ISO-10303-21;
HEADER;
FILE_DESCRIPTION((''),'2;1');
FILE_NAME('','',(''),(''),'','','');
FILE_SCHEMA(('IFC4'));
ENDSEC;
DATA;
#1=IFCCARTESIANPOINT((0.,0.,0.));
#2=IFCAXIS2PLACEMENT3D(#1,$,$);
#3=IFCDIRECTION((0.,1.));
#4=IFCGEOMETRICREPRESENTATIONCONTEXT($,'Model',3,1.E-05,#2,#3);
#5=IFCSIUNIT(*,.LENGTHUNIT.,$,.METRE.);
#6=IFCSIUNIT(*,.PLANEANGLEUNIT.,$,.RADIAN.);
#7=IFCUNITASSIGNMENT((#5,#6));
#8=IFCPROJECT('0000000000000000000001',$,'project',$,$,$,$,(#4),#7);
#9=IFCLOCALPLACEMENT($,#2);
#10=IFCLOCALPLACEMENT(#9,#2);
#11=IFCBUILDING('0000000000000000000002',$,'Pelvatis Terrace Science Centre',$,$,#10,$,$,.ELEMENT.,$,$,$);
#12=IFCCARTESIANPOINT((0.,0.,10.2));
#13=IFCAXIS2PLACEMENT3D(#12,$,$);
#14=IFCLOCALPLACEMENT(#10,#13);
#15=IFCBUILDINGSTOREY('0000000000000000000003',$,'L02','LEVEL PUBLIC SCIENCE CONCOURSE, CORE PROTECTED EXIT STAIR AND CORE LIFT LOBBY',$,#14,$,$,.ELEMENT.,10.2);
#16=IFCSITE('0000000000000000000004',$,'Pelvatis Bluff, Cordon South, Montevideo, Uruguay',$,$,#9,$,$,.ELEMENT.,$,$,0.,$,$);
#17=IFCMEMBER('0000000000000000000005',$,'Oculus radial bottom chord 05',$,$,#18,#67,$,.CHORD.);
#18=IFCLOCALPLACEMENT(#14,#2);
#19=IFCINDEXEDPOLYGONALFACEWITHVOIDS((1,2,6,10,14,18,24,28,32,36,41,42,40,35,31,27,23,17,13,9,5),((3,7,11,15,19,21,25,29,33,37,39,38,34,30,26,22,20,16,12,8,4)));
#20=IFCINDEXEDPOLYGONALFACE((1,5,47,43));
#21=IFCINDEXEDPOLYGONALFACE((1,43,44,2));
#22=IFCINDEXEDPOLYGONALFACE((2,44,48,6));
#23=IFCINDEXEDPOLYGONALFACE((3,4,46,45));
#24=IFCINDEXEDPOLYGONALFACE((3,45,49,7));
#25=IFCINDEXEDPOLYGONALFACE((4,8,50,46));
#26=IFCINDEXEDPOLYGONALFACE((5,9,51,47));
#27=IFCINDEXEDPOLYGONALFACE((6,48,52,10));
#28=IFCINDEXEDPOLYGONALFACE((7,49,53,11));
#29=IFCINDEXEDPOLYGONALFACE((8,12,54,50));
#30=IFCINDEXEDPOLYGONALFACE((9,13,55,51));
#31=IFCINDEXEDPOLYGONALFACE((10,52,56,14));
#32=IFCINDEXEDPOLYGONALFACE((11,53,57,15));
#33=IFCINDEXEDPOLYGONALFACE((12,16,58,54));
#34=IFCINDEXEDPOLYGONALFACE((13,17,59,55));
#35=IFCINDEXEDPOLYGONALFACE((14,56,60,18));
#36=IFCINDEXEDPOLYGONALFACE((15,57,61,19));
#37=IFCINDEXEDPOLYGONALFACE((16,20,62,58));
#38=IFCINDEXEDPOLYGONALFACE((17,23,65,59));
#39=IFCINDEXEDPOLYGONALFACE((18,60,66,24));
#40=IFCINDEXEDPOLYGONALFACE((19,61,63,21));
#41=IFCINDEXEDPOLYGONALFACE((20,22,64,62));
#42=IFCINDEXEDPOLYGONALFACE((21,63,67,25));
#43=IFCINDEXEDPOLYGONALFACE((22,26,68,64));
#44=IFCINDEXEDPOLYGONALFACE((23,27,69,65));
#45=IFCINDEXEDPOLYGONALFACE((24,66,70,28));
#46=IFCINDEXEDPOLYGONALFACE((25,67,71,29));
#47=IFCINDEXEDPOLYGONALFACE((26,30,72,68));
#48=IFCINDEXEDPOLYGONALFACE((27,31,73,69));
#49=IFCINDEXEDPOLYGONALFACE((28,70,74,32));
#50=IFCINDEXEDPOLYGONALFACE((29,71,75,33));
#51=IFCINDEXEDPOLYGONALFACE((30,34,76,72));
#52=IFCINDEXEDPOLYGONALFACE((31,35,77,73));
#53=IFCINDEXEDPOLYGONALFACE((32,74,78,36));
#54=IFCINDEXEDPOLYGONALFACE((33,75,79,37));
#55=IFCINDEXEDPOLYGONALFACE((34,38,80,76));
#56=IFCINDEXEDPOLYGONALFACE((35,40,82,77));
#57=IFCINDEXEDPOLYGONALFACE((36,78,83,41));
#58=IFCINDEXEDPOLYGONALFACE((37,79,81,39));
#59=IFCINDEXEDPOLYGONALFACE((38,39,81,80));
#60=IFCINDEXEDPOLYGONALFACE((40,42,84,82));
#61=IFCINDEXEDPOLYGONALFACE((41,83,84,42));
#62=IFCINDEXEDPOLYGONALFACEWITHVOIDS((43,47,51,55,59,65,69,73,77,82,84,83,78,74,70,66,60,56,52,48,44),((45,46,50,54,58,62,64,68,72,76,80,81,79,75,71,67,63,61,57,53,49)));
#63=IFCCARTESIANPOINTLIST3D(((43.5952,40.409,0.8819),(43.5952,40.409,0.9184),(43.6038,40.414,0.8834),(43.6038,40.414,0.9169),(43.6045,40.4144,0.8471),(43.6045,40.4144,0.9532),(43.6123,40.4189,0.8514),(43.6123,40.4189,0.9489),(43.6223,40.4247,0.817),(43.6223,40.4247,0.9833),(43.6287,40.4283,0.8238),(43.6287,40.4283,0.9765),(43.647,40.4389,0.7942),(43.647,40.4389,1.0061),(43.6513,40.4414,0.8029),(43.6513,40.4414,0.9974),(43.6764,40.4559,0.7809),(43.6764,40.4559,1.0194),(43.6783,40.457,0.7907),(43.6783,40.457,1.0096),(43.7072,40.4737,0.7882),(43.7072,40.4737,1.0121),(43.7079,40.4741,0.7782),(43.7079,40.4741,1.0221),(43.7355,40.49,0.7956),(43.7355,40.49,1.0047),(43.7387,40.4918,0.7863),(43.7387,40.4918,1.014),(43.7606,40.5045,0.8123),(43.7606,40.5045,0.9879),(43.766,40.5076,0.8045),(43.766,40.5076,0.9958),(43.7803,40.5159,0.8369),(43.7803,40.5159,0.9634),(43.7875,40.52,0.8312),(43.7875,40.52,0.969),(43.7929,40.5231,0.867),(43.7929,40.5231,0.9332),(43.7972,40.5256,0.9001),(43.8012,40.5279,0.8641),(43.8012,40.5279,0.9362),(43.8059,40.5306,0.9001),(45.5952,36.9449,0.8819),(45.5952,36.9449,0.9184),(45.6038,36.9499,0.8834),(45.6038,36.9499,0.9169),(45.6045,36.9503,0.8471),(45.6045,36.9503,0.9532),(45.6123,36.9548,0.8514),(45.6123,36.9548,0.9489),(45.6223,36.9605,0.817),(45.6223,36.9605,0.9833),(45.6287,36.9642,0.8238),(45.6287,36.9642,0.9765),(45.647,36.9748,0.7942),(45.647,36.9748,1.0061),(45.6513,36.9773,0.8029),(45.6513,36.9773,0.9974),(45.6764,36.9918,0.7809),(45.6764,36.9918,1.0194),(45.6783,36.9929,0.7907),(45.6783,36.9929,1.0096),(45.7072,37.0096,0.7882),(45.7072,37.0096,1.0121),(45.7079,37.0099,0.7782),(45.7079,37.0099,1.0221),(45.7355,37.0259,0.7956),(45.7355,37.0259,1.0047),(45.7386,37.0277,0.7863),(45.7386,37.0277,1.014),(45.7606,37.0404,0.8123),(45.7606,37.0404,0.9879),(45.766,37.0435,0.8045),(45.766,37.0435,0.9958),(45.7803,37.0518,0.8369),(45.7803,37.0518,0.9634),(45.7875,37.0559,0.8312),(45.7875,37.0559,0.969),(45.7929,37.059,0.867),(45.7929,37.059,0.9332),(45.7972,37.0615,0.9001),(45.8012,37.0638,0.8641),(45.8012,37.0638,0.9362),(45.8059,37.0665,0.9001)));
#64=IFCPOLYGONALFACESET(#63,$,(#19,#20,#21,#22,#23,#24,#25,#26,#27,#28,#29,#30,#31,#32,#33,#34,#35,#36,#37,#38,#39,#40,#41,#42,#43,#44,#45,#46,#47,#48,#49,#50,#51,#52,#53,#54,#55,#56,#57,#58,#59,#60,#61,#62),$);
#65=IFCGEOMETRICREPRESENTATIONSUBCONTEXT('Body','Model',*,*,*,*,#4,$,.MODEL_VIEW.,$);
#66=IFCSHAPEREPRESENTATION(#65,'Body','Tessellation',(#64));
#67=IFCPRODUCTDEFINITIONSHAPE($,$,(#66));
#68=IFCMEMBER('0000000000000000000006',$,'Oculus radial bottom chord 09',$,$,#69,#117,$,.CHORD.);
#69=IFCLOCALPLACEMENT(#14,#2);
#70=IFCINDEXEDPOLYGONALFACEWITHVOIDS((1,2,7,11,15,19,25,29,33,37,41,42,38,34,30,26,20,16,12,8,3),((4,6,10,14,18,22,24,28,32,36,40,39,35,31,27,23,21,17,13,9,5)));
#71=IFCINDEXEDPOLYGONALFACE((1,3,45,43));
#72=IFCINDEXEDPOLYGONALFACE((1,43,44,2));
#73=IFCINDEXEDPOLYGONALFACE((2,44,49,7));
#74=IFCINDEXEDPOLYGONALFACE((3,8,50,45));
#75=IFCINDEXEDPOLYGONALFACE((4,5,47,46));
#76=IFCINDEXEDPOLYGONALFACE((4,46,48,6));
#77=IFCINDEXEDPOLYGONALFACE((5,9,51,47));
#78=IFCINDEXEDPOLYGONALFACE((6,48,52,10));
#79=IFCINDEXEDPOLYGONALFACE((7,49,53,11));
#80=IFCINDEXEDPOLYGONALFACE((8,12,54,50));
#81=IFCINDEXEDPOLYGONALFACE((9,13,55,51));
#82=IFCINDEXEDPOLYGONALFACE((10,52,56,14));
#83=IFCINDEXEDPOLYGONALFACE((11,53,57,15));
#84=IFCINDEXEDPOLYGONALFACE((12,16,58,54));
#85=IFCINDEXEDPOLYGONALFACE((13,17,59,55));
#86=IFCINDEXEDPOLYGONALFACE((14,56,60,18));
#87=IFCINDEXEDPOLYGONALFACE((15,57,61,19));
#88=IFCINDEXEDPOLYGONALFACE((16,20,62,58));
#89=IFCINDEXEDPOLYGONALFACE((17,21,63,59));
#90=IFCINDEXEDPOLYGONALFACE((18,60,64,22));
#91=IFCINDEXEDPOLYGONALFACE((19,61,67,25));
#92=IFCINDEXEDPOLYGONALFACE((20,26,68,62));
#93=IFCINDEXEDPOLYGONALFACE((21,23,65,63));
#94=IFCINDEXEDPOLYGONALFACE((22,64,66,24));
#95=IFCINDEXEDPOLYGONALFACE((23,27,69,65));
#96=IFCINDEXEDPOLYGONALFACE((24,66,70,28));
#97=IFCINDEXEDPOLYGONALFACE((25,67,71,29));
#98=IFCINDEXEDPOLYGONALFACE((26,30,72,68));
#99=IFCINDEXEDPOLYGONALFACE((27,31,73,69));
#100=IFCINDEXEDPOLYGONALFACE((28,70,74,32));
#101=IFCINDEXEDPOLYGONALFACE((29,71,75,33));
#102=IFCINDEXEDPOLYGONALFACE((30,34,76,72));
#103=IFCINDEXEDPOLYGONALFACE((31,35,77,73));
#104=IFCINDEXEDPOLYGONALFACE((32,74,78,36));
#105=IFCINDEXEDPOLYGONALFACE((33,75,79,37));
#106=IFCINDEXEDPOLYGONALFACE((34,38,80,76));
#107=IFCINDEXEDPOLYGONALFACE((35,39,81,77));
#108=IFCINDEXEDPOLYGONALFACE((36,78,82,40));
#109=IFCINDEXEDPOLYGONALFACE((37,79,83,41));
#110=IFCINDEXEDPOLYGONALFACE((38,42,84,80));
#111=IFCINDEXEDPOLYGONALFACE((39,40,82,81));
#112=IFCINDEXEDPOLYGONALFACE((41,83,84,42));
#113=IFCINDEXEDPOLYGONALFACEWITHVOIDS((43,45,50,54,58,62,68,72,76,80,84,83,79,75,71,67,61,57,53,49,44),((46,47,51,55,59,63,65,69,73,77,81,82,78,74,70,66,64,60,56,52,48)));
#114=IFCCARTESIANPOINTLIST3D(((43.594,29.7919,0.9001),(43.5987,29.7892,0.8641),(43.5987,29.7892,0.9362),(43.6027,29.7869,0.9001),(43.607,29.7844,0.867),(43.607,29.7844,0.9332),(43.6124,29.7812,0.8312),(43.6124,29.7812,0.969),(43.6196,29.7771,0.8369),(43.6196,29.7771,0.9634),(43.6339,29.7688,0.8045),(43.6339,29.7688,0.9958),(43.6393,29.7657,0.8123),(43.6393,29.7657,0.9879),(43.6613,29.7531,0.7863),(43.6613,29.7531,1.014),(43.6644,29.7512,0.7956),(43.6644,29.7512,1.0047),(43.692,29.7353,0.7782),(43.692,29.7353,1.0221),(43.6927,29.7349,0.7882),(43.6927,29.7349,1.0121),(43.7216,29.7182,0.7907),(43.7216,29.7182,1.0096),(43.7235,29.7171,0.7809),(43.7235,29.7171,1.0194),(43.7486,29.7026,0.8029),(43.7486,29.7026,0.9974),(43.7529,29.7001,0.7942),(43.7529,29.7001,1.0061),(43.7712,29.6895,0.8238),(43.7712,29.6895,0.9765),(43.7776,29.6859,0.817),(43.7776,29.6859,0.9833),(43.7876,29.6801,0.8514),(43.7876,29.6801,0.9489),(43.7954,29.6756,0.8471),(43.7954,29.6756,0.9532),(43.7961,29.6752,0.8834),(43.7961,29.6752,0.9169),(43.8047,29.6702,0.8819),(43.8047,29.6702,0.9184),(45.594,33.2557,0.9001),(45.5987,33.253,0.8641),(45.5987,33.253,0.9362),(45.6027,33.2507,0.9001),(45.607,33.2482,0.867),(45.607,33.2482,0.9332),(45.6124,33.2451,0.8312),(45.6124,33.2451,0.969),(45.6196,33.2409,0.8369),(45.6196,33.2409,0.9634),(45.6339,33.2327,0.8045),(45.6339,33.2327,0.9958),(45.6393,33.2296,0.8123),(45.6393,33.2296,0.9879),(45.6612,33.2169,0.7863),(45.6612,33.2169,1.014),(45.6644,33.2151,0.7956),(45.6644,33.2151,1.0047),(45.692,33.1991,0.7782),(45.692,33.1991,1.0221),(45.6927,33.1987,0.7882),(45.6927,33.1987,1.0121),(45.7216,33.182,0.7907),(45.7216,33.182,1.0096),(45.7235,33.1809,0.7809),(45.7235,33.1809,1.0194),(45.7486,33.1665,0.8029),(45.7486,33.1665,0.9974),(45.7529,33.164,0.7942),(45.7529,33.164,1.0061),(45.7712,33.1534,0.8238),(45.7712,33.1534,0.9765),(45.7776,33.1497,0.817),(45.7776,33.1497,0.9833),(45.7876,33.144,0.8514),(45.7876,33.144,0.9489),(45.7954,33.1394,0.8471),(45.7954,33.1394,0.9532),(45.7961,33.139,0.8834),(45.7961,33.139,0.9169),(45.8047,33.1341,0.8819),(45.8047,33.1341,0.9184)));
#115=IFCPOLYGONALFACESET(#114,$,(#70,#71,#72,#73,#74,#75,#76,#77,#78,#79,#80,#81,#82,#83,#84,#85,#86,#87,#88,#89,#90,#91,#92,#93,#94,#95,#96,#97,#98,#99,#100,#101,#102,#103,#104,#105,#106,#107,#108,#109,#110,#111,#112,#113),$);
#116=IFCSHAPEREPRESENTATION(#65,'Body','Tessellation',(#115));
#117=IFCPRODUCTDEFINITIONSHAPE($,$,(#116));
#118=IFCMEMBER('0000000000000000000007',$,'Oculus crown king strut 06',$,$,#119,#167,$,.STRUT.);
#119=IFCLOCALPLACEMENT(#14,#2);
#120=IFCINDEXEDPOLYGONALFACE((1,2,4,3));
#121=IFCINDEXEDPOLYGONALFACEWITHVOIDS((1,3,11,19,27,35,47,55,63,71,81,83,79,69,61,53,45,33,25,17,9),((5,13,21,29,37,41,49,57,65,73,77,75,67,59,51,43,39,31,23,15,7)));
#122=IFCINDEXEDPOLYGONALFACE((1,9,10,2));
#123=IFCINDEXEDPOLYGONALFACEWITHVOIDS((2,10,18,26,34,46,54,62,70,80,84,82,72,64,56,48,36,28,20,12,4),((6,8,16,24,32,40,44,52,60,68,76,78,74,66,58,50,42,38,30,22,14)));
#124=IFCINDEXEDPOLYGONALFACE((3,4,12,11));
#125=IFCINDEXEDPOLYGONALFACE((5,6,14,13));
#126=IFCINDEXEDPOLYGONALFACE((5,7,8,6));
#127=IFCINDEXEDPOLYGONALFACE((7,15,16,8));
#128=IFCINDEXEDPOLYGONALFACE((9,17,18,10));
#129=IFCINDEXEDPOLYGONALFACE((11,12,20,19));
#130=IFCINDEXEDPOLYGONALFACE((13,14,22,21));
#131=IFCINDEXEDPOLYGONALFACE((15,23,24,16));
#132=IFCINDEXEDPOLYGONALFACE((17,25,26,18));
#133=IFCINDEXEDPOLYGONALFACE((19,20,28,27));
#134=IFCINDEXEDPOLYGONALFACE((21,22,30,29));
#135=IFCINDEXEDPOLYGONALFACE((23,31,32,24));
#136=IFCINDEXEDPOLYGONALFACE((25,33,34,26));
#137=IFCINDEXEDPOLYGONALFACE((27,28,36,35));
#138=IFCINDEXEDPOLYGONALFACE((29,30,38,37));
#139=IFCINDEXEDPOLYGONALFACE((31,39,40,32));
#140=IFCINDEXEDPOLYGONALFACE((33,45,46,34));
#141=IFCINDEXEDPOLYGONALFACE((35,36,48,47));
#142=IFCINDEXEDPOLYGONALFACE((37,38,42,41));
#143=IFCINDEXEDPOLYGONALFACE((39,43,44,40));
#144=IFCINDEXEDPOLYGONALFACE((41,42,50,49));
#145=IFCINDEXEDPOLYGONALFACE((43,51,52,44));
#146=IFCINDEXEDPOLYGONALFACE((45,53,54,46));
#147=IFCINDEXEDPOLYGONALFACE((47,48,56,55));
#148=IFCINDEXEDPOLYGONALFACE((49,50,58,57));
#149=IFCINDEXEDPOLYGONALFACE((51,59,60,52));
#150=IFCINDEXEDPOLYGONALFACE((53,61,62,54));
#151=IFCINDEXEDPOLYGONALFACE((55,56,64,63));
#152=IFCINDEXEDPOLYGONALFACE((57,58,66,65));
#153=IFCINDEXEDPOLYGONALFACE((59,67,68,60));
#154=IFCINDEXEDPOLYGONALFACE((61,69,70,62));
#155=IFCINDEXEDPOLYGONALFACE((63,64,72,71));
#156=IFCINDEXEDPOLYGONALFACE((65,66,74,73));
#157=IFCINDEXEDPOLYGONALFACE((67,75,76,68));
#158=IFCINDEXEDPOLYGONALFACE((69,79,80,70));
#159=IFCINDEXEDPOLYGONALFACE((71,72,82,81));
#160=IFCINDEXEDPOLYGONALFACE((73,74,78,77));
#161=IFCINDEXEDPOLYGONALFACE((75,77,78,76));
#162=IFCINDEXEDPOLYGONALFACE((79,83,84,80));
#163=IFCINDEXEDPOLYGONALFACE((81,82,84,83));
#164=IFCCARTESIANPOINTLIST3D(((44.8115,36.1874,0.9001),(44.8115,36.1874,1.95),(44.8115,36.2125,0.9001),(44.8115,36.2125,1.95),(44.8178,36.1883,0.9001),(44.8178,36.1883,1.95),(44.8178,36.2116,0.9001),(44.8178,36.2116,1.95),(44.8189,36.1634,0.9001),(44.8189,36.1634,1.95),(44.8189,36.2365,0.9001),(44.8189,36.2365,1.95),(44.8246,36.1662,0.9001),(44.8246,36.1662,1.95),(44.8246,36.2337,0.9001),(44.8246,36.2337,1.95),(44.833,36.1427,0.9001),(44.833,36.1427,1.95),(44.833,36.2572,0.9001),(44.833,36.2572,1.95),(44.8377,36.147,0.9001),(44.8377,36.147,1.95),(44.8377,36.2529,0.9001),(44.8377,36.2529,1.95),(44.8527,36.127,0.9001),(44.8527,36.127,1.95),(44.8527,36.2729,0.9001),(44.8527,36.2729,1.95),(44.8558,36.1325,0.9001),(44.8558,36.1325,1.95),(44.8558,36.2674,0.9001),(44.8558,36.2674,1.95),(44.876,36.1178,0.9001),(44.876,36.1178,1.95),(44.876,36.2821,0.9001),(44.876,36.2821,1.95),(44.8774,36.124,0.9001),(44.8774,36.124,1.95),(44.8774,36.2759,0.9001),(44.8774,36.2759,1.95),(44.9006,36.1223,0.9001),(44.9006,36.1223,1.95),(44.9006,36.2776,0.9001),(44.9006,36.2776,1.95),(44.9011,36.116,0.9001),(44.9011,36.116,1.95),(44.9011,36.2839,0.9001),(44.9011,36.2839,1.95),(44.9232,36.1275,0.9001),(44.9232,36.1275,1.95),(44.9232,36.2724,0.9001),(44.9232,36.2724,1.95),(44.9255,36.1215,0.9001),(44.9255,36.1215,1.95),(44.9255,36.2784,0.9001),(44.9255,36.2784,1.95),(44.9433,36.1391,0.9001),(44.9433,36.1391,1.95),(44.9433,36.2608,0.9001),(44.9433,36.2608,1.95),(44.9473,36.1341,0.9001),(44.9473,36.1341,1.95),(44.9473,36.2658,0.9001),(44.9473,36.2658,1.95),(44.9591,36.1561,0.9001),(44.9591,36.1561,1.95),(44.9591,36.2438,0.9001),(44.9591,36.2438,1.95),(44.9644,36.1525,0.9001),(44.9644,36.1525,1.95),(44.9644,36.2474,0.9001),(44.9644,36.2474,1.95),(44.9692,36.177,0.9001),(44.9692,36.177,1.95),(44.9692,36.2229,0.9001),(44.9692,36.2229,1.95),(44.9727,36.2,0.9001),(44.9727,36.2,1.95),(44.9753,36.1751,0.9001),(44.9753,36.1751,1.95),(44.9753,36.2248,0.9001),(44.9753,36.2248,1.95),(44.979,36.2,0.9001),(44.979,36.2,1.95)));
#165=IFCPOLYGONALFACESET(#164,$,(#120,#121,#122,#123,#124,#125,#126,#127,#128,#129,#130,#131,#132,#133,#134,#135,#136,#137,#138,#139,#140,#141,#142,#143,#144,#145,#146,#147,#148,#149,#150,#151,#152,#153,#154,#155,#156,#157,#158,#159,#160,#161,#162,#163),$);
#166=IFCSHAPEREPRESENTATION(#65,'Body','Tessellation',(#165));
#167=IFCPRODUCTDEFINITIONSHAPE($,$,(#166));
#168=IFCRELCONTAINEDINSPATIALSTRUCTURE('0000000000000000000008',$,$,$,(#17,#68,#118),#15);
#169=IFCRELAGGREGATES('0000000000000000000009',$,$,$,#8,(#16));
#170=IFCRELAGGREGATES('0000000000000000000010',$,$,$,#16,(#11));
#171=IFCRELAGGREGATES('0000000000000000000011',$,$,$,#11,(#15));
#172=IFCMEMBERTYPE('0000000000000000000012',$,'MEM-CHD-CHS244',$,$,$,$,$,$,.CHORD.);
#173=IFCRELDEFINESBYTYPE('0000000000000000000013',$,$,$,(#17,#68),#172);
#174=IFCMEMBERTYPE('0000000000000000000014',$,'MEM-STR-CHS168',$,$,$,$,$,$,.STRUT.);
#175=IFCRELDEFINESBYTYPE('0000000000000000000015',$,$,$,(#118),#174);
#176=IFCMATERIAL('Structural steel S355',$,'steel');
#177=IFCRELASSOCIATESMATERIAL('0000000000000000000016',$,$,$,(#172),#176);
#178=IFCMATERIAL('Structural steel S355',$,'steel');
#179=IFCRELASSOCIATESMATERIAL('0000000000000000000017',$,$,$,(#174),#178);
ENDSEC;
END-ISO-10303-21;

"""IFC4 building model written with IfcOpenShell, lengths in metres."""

from ifc_helpers import new_model, si_unit, direction, frame, origin, origin_2d, place, context, subcontext, project, spatial, hollow_circle, extrude, material, material_profile, profile_set, type_object, element, save


model = new_model("IFC4")

# Units and contexts
model_context = context("Model", 3, precision=1e-05, world=origin(), true_north=direction((0.0, 1.0)))
body_context = subcontext(model_context, "Body", "Model", "MODEL_VIEW")
ifc_project = project(units=[si_unit("LENGTHUNIT", "METRE"), si_unit("PLANEANGLEUNIT", "RADIAN")], contexts=[model_context])

# Site, building, storey
site_placement = place(None, origin())
site = spatial("IfcSite", under=ifc_project, at=site_placement, Name="Pelvatis Bluff, Cordon South, Montevideo, Uruguay", CompositionType="ELEMENT", RefElevation=0.0)
building_placement = place(site_placement, origin())
building = spatial("IfcBuilding", under=site, at=building_placement, Name="Pelvatis Terrace Science Centre", CompositionType="ELEMENT")
storey_placement = place(building_placement, frame((0.0, 0.0, 10.2)))
storey = spatial("IfcBuildingStorey", under=building, at=storey_placement, Name="L02", Description="LEVEL PUBLIC SCIENCE CONCOURSE, CORE PROTECTED EXIT STAIR AND CORE LIFT LOBBY", CompositionType="ELEMENT", Elevation=10.2)

# Members
ifc_material_1 = material(Name="Structural steel S355", Category="steel")
ifc_material_profile_1 = material_profile(ifc_material_1, hollow_circle(Radius=0.1223, WallThickness=0.01, at=origin_2d()), Name="CHS 244.5x10.0")
ifc_profile_set_1 = profile_set([ifc_material_profile_1], Name="Structural steel S355")
member_type_1 = type_object("IfcMemberType", Name="MEM-CHD-CHS244", PredefinedType="CHORD", material=ifc_profile_set_1)
member_1_placement = place(storey_placement, frame((43.7, 40.4695, 0.9001), z_axis=(0.499999, -0.866026, 0.0), x_axis=(0.866026, 0.499999, 0.0)))
element("IfcMember", 1, at=member_1_placement, inside=storey, type_object=member_type_1, Name="Oculus radial bottom chord 05", PredefinedType="CHORD", context=body_context, shape_type="SweptSolid", body=[
    extrude(hollow_circle(Radius=0.1223, WallThickness=0.01, at=origin_2d()), origin(), (0.0, 0.0, 1.0), 4.0),
])
member_2_placement = place(storey_placement, frame((43.7, 29.7307, 0.9001), z_axis=(0.500025, 0.866011, 0.0), x_axis=(-0.866011, 0.500025, 0.0)))
element("IfcMember", 2, at=member_2_placement, inside=storey, type_object=member_type_1, Name="Oculus radial bottom chord 09", PredefinedType="CHORD", context=body_context, shape_type="SweptSolid", body=[
    extrude(hollow_circle(Radius=0.1223, WallThickness=0.01, at=origin_2d()), origin(), (0.0, 0.0, 1.0), 3.9998),
])
ifc_material_2 = material(Name="Structural steel S355", Category="steel")
ifc_material_profile_2 = material_profile(ifc_material_2, hollow_circle(Radius=0.0842, WallThickness=0.0063, at=origin_2d()), Name="CHS 168.3x6.3")
ifc_profile_set_2 = profile_set([ifc_material_profile_2], Name="Structural steel S355")
member_type_2 = type_object("IfcMemberType", Name="MEM-STR-CHS168", PredefinedType="STRUT", material=ifc_profile_set_2)
for number, where, z_axis, x_axis, name in (
    (3, (44.8948, 36.2, 0.9001), (0.0, 0.0, 1.0), (1.0, 0.0, 0.0), "Oculus crown king strut 06"),
):
    element("IfcMember", number, at=place(storey_placement, frame(where, z_axis=z_axis, x_axis=x_axis)), inside=storey, type_object=member_type_2, Name=name, PredefinedType="STRUT", context=body_context, shape_type="SweptSolid", body=[
        extrude(hollow_circle(Radius=0.0842, WallThickness=0.0063, at=origin_2d()), origin(), (0.0, 0.0, 1.0), 1.0498),
    ])

save(model, "model.ifc")
